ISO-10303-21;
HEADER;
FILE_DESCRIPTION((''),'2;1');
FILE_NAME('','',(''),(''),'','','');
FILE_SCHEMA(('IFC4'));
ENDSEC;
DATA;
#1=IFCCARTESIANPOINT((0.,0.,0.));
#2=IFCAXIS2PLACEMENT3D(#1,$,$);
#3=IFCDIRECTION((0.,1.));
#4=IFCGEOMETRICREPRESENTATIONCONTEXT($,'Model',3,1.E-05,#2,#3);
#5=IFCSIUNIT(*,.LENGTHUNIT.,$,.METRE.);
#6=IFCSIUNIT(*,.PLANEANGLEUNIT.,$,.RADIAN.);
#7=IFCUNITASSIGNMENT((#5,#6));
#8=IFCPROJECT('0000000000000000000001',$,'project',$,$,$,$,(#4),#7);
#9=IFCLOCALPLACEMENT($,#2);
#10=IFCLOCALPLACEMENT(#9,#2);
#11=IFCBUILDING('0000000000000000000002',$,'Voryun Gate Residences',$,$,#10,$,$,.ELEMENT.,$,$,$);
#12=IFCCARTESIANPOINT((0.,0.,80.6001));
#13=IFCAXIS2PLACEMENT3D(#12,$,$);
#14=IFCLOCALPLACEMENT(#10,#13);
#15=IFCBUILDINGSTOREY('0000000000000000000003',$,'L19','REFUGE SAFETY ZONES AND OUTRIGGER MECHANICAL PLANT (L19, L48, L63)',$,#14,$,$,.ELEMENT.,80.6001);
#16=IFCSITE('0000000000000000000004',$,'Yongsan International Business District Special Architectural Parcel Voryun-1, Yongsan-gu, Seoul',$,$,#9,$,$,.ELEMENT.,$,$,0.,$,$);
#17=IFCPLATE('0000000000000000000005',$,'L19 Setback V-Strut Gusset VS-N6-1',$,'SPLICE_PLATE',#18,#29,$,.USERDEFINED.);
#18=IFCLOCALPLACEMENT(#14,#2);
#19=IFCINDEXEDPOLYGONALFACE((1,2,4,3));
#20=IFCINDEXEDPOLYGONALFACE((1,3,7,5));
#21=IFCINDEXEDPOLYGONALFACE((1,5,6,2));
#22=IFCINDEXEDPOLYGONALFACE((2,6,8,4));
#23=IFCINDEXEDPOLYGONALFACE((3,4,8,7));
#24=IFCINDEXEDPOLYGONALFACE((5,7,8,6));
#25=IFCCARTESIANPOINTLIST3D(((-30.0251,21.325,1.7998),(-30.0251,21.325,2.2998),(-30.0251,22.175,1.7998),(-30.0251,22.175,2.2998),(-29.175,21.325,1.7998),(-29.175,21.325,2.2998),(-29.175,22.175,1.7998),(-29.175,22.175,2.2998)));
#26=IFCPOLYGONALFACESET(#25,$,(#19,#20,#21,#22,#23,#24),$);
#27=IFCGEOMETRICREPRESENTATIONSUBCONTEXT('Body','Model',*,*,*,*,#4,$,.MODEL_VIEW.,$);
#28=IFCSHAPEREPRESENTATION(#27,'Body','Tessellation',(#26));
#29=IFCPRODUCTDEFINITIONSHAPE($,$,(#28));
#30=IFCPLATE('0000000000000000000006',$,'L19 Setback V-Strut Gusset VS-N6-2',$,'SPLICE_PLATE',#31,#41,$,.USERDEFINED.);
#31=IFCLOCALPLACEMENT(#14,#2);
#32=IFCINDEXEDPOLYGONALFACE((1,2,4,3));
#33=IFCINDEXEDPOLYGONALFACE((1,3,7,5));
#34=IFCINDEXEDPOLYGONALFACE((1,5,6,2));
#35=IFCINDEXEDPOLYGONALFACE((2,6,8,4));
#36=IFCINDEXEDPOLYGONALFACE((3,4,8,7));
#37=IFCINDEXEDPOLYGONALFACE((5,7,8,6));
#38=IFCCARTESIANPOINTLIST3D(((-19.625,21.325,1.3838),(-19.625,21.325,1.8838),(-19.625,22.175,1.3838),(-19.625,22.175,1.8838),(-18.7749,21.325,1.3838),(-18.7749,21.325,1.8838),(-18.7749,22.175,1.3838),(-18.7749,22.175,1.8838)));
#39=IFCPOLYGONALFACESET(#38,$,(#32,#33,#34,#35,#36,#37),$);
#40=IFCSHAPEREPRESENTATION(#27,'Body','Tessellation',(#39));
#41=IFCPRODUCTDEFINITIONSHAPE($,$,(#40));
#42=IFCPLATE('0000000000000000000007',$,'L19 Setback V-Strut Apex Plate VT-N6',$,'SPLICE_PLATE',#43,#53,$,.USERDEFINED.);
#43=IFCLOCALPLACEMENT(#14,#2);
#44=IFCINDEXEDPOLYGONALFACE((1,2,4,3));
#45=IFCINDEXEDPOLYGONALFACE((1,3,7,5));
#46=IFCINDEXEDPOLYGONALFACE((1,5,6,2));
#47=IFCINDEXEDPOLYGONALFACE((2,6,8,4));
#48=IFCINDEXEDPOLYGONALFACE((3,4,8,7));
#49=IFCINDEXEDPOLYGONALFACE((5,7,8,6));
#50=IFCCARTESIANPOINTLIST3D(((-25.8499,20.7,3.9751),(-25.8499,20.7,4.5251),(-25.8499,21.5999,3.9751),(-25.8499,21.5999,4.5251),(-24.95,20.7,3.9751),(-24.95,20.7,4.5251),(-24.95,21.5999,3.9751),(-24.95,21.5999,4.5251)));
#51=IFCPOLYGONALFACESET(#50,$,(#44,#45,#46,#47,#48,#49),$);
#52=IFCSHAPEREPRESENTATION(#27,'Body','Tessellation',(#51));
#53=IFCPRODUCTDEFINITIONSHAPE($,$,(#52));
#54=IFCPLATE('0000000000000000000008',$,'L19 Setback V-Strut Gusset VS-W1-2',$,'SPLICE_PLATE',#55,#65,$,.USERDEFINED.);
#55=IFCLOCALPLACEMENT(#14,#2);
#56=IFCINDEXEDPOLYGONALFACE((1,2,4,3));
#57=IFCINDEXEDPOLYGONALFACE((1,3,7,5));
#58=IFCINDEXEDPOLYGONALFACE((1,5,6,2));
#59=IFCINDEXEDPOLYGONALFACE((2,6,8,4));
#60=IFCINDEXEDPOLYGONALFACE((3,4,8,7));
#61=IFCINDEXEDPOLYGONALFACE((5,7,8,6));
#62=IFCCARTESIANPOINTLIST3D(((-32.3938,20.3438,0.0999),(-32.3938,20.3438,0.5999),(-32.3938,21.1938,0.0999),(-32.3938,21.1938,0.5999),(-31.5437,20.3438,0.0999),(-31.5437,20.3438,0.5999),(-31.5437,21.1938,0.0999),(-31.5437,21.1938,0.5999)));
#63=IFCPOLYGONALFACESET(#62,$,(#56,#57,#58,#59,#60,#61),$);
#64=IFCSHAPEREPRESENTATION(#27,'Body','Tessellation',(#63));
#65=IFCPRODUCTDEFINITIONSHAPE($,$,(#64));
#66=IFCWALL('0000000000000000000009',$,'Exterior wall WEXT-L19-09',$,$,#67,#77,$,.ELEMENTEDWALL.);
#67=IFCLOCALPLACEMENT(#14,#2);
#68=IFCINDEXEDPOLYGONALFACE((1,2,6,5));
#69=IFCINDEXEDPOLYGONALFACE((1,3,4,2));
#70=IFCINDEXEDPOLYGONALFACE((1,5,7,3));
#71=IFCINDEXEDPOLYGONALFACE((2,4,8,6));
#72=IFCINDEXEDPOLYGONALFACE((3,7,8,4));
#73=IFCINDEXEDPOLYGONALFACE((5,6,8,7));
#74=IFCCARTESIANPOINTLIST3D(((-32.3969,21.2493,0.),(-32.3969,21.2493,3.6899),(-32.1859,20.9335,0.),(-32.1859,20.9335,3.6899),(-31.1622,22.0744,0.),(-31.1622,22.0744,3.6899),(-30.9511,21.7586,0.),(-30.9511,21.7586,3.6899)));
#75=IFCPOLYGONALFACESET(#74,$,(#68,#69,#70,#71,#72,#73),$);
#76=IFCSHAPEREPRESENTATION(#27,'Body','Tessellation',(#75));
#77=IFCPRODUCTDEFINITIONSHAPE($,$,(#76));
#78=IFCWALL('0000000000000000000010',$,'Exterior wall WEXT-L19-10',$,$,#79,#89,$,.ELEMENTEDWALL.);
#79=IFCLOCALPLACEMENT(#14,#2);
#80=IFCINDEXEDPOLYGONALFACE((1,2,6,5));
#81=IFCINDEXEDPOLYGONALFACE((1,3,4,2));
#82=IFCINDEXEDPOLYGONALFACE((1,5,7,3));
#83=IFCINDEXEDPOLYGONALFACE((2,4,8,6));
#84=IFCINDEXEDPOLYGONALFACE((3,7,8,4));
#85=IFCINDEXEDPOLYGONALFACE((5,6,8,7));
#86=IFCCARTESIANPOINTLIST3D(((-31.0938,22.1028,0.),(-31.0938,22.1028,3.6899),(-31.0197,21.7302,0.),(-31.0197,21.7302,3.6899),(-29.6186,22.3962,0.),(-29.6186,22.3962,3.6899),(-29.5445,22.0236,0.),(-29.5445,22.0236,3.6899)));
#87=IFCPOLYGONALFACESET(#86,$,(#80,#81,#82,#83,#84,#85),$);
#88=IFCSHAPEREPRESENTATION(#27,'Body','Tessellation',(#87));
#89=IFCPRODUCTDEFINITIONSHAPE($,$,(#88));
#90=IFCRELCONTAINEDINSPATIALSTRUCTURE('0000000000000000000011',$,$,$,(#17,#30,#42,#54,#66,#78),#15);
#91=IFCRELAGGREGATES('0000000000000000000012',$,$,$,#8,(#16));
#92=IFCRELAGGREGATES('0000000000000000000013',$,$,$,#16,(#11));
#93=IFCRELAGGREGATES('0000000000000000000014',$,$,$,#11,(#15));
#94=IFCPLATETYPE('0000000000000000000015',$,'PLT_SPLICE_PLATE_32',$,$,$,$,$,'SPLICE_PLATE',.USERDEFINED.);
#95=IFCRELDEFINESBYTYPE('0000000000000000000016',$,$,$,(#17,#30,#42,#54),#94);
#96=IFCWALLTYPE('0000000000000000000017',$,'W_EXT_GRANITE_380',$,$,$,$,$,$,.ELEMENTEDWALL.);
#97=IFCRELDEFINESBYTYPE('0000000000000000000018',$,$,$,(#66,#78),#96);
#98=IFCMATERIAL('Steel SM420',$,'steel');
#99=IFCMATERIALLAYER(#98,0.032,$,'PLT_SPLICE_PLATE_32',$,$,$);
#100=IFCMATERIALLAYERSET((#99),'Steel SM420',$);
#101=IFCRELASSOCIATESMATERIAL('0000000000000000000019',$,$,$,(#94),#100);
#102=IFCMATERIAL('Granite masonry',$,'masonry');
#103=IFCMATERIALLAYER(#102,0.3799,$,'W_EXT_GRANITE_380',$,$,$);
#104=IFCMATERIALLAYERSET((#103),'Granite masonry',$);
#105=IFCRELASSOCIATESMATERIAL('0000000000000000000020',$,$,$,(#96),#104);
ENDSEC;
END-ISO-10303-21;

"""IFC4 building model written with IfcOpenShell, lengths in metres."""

from ifc_helpers import new_model, si_unit, direction, frame, frame_2d, origin, origin_2d, place, context, subcontext, project, spatial, rectangle, extrude, material, layer, layer_set, type_object, element, save


model = new_model("IFC4")

# Units and contexts
model_context = context("Model", 3, precision=1e-05, world=origin(), true_north=direction((0.0, 1.0)))
body_context = subcontext(model_context, "Body", "Model", "MODEL_VIEW")
ifc_project = project(units=[si_unit("LENGTHUNIT", "METRE"), si_unit("PLANEANGLEUNIT", "RADIAN")], contexts=[model_context])

# Site, building, storey
site_placement = place(None, origin())
site = spatial("IfcSite", under=ifc_project, at=site_placement, Name="Yongsan International Business District Special Architectural Parcel Voryun-1, Yongsan-gu, Seoul", CompositionType="ELEMENT", RefElevation=0.0)
building_placement = place(site_placement, origin())
building = spatial("IfcBuilding", under=site, at=building_placement, Name="Voryun Gate Residences", CompositionType="ELEMENT")
storey_placement = place(building_placement, frame((0.0, 0.0, 80.6001)))
storey = spatial("IfcBuildingStorey", under=building, at=storey_placement, Name="L19", Description="REFUGE SAFETY ZONES AND OUTRIGGER MECHANICAL PLANT (L19, L48, L63)", CompositionType="ELEMENT", Elevation=80.6001)

# Plates
ifc_material_1 = material(Name="Steel SM420", Category="steel")
ifc_layer_1 = layer(ifc_material_1, 0.032, Name="PLT_SPLICE_PLATE_32")
ifc_layer_set_1 = layer_set([ifc_layer_1], Name="Steel SM420")
plate_type_1 = type_object("IfcPlateType", Name="PLT_SPLICE_PLATE_32", ElementType="SPLICE_PLATE", PredefinedType="USERDEFINED", material=ifc_layer_set_1)
for number, where, z_axis, x_axis, name in (
    (1, (-29.6001, 21.75, 1.7998), (0.0, 0.0, 1.0), (1.0, 0.0, 0.0), "L19 Setback V-Strut Gusset VS-N6-1"),
    (2, (-19.2, 21.75, 1.3838), (0.0, 0.0, 1.0), (1.0, 0.0, 0.0), "L19 Setback V-Strut Gusset VS-N6-2"),
):
    element("IfcPlate", number, at=place(storey_placement, frame(where, z_axis=z_axis, x_axis=x_axis)), inside=storey, type_object=plate_type_1, Name=name, ObjectType="SPLICE_PLATE", PredefinedType="USERDEFINED", context=body_context, shape_type="SweptSolid", body=[
        extrude(rectangle(XDim=0.8501, YDim=0.8501, at=origin_2d()), origin(), (0.0, 0.0, 1.0), 0.5),
    ])
plate_1_placement = place(storey_placement, frame((-25.3999, 21.1499, 3.9751), z_axis=(0.0, 0.0, 1.0), x_axis=(1.0, 0.0, 0.0)))
element("IfcPlate", 3, at=plate_1_placement, inside=storey, type_object=plate_type_1, Name="L19 Setback V-Strut Apex Plate VT-N6", ObjectType="SPLICE_PLATE", PredefinedType="USERDEFINED", context=body_context, shape_type="SweptSolid", body=[
    extrude(rectangle(XDim=0.8999, YDim=0.8999, at=origin_2d()), origin(), (0.0, 0.0, 1.0), 0.55),
])
plate_2_placement = place(storey_placement, frame((-31.9688, 20.7688, 0.0999), z_axis=(0.0, 0.0, 1.0), x_axis=(1.0, 0.0, 0.0)))
element("IfcPlate", 4, at=plate_2_placement, inside=storey, type_object=plate_type_1, Name="L19 Setback V-Strut Gusset VS-W1-2", ObjectType="SPLICE_PLATE", PredefinedType="USERDEFINED", context=body_context, shape_type="SweptSolid", body=[
    extrude(rectangle(XDim=0.8501, YDim=0.8501, at=origin_2d()), origin(), (0.0, 0.0, 1.0), 0.5),
])

# Walls
ifc_material_2 = material(Name="Granite masonry", Category="masonry")
ifc_layer_2 = layer(ifc_material_2, 0.3799, Name="W_EXT_GRANITE_380")
ifc_layer_set_2 = layer_set([ifc_layer_2], Name="Granite masonry")
wall_type = type_object("IfcWallType", Name="W_EXT_GRANITE_380", PredefinedType="ELEMENTEDWALL", material=ifc_layer_set_2)
wall_1_placement = place(storey_placement, frame((-32.2915, 21.0913, 0.0), z_axis=(0.0, 0.0, 1.0), x_axis=(0.831443, 0.55561, 0.0)))
element("IfcWall", 5, at=wall_1_placement, inside=storey, type_object=wall_type, Name="Exterior wall WEXT-L19-09", PredefinedType="ELEMENTEDWALL", context=body_context, shape_type="SweptSolid", body=[
    extrude(rectangle(XDim=1.4851, YDim=0.3799, at=frame_2d((0.7427, 0.0))), origin(), (0.0, 0.0, 1.0), 3.6899),
])
wall_2_placement = place(storey_placement, frame((-31.0566, 21.9165, 0.0), z_axis=(0.0, 0.0, 1.0), x_axis=(0.980786, 0.195086, 0.0)))
element("IfcWall", 6, at=wall_2_placement, inside=storey, type_object=wall_type, Name="Exterior wall WEXT-L19-10", PredefinedType="ELEMENTEDWALL", context=body_context, shape_type="SweptSolid", body=[
    extrude(rectangle(XDim=1.5042, YDim=0.3799, at=frame_2d((0.752, 0.0))), origin(), (0.0, 0.0, 1.0), 3.6899),
])

save(model, "model.ifc")
